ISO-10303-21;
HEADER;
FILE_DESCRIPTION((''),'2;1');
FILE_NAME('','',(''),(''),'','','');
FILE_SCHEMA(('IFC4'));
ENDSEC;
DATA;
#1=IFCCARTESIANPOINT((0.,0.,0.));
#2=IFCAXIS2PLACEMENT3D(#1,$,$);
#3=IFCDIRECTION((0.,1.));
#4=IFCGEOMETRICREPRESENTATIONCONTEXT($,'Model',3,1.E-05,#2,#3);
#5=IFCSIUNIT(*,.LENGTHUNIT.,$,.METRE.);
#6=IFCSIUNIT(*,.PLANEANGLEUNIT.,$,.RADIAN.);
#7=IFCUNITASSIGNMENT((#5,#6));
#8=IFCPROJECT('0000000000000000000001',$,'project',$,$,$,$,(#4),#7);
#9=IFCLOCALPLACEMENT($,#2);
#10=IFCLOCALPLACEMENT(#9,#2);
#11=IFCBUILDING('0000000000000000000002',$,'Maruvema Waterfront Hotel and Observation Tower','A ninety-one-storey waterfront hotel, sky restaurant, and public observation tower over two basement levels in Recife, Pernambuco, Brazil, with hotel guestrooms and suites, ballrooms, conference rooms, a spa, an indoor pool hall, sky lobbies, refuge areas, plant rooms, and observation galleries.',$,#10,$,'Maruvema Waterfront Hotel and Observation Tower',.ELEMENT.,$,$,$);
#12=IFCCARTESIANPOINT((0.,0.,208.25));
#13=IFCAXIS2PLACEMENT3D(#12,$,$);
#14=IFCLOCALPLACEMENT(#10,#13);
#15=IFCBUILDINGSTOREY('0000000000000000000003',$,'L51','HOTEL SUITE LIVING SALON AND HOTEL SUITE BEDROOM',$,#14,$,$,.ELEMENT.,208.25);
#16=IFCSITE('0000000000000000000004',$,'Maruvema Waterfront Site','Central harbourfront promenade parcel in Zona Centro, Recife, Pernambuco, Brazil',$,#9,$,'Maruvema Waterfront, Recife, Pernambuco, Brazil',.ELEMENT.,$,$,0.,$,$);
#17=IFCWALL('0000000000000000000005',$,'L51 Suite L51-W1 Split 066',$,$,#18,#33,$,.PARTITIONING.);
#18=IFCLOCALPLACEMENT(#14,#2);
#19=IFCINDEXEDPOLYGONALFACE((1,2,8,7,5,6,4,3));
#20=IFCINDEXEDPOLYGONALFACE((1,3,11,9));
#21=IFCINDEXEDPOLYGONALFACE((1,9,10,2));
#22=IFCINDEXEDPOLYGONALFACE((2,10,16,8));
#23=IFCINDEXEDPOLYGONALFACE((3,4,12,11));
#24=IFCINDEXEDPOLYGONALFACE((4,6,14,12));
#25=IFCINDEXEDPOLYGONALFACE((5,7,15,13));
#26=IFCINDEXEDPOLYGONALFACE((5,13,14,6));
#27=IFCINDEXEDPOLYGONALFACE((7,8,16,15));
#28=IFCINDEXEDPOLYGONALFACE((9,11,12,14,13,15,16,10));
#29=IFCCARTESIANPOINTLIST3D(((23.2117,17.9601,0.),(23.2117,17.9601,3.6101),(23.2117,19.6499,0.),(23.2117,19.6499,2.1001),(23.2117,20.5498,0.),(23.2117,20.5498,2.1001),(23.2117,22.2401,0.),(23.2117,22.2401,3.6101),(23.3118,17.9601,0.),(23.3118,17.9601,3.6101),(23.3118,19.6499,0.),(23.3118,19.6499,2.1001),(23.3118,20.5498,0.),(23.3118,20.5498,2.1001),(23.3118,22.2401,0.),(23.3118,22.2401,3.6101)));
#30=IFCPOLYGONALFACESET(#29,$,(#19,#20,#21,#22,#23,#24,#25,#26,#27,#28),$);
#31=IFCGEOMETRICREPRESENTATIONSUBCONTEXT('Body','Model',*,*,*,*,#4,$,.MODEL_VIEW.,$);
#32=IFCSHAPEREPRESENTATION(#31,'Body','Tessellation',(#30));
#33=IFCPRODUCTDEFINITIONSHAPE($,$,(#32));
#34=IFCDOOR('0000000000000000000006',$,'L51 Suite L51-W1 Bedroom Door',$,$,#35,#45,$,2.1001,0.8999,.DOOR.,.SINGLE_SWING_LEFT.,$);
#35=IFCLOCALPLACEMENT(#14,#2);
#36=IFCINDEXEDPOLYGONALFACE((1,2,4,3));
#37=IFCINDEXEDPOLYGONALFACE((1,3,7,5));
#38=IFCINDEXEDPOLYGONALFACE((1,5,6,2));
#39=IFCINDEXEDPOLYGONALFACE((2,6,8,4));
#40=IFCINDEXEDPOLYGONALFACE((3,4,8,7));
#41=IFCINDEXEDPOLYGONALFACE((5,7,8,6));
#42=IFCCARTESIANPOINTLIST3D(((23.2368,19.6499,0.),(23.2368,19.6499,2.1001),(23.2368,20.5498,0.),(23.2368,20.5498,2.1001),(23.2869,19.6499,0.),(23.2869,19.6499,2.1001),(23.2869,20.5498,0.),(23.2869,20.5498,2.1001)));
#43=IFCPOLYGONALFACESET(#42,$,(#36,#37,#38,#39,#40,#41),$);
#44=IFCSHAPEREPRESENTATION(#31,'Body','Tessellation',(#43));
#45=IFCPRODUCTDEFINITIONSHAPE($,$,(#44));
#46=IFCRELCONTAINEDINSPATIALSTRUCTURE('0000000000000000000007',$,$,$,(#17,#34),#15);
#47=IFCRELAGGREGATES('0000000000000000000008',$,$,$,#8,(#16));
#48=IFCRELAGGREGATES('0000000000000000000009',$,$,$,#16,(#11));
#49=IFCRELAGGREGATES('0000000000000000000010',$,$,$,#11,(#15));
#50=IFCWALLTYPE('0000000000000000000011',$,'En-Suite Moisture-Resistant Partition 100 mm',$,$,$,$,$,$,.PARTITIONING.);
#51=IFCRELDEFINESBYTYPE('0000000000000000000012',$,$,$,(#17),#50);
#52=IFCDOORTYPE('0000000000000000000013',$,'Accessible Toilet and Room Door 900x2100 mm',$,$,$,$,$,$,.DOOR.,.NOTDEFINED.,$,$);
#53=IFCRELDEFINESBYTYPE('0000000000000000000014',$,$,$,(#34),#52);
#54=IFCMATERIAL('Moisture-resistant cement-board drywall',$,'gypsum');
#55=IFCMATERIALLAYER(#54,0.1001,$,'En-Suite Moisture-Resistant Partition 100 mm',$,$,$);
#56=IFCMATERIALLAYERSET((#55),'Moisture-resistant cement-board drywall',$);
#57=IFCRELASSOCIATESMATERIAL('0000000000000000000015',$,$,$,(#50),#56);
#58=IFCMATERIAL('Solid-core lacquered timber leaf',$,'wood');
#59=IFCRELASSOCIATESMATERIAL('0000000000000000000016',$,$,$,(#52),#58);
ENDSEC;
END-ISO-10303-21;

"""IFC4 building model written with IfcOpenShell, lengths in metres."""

from ifc_helpers import new_model, si_unit, direction, frame, frame_2d, origin, place, context, subcontext, project, spatial, rectangle, extrude, material, layer, layer_set, type_object, element, fill, save


model = new_model("IFC4")

# Units and contexts
model_context = context("Model", 3, precision=1e-05, world=origin(), true_north=direction((0.0, 1.0)))
body_context = subcontext(model_context, "Body", "Model", "MODEL_VIEW")
ifc_project = project(units=[si_unit("LENGTHUNIT", "METRE"), si_unit("PLANEANGLEUNIT", "RADIAN")], contexts=[model_context])

# Site, building, storey
site_placement = place(None, origin())
site = spatial("IfcSite", under=ifc_project, at=site_placement, Name="Maruvema Waterfront Site", Description="Central harbourfront promenade parcel in Zona Centro, Recife, Pernambuco, Brazil", LongName="Maruvema Waterfront, Recife, Pernambuco, Brazil", CompositionType="ELEMENT", RefElevation=0.0)
building_placement = place(site_placement, origin())
building = spatial("IfcBuilding", under=site, at=building_placement, Name="Maruvema Waterfront Hotel and Observation Tower", Description="A ninety-one-storey waterfront hotel, sky restaurant, and public observation tower over two basement levels in Recife, Pernambuco, Brazil, with hotel guestrooms and suites, ballrooms, conference rooms, a spa, an indoor pool hall, sky lobbies, refuge areas, plant rooms, and observation galleries.", LongName="Maruvema Waterfront Hotel and Observation Tower", CompositionType="ELEMENT")
storey_placement = place(building_placement, frame((0.0, 0.0, 208.25)))
storey = spatial("IfcBuildingStorey", under=building, at=storey_placement, Name="L51", Description="HOTEL SUITE LIVING SALON AND HOTEL SUITE BEDROOM", CompositionType="ELEMENT", Elevation=208.25)

# Shared definitions
ifc_material_1 = material(Name="Moisture-resistant cement-board drywall", Category="gypsum")
ifc_layer_1 = layer(ifc_material_1, 0.1001, Name="En-Suite Moisture-Resistant Partition 100 mm")
ifc_layer_set_1 = layer_set([ifc_layer_1], Name="Moisture-resistant cement-board drywall")
wall_type_1 = type_object("IfcWallType", Name="En-Suite Moisture-Resistant Partition 100 mm", PredefinedType="PARTITIONING", material=ifc_layer_set_1)

# Wall, opening, door
wall_1_placement = place(storey_placement, frame((23.2617, 17.96, 0.0), z_axis=(0.0, 0.0, 1.0), x_axis=(0.0, 1.0, 0.0)))
wall_1 = element("IfcWall", 1, at=wall_1_placement, inside=storey, type_object=wall_type_1, Name="L51 Suite L51-W1 Split 066", PredefinedType="PARTITIONING", context=body_context, shape_type="SweptSolid", body=[
    extrude(rectangle(XDim=4.28, YDim=0.1001, at=frame_2d((2.1401, 0.0))), origin(), (0.0, 0.0, 1.0), 3.6101),
])
opening_1_placement = place(wall_1_placement, frame((1.6899, 0.0, 0.0)))
opening_1 = element("IfcOpeningElement", 2, at=opening_1_placement, cuts=wall_1, PredefinedType="OPENING", context=body_context, shape_type="SweptSolid", body=[
    extrude(rectangle(XDim=0.8999, YDim=2.1001, at=frame_2d((0.45, 1.05))), frame((0.0, 0.0601, 0.0), z_axis=(0.0, -1.0, 0.0), x_axis=(1.0, 0.0, 0.0)), (0.0, 0.0, 1.0), 0.1201),
])
ifc_material_2 = material(Name="Solid-core lacquered timber leaf", Category="wood")
door_type_1 = type_object("IfcDoorType", Name="Accessible Toilet and Room Door 900x2100 mm", OperationType="NOTDEFINED", PredefinedType="DOOR", material=ifc_material_2)
door_1_placement = place(opening_1_placement, origin())
door_1 = element("IfcDoor", 3, at=door_1_placement, inside=storey, type_object=door_type_1, Name="L51 Suite L51-W1 Bedroom Door", OperationType="SINGLE_SWING_LEFT", OverallHeight=2.1001, OverallWidth=0.8999, PredefinedType="DOOR", context=body_context, shape_type="SweptSolid", body=[
    extrude(rectangle(XDim=0.8999, YDim=2.1001, at=frame_2d((0.45, 1.05))), frame((0.0, 0.0249, 0.0), z_axis=(0.0, -1.0, 0.0), x_axis=(1.0, 0.0, 0.0)), (0.0, 0.0, 1.0), 0.05),
])
fill(opening_1, door_1)

save(model, "model.ifc")
